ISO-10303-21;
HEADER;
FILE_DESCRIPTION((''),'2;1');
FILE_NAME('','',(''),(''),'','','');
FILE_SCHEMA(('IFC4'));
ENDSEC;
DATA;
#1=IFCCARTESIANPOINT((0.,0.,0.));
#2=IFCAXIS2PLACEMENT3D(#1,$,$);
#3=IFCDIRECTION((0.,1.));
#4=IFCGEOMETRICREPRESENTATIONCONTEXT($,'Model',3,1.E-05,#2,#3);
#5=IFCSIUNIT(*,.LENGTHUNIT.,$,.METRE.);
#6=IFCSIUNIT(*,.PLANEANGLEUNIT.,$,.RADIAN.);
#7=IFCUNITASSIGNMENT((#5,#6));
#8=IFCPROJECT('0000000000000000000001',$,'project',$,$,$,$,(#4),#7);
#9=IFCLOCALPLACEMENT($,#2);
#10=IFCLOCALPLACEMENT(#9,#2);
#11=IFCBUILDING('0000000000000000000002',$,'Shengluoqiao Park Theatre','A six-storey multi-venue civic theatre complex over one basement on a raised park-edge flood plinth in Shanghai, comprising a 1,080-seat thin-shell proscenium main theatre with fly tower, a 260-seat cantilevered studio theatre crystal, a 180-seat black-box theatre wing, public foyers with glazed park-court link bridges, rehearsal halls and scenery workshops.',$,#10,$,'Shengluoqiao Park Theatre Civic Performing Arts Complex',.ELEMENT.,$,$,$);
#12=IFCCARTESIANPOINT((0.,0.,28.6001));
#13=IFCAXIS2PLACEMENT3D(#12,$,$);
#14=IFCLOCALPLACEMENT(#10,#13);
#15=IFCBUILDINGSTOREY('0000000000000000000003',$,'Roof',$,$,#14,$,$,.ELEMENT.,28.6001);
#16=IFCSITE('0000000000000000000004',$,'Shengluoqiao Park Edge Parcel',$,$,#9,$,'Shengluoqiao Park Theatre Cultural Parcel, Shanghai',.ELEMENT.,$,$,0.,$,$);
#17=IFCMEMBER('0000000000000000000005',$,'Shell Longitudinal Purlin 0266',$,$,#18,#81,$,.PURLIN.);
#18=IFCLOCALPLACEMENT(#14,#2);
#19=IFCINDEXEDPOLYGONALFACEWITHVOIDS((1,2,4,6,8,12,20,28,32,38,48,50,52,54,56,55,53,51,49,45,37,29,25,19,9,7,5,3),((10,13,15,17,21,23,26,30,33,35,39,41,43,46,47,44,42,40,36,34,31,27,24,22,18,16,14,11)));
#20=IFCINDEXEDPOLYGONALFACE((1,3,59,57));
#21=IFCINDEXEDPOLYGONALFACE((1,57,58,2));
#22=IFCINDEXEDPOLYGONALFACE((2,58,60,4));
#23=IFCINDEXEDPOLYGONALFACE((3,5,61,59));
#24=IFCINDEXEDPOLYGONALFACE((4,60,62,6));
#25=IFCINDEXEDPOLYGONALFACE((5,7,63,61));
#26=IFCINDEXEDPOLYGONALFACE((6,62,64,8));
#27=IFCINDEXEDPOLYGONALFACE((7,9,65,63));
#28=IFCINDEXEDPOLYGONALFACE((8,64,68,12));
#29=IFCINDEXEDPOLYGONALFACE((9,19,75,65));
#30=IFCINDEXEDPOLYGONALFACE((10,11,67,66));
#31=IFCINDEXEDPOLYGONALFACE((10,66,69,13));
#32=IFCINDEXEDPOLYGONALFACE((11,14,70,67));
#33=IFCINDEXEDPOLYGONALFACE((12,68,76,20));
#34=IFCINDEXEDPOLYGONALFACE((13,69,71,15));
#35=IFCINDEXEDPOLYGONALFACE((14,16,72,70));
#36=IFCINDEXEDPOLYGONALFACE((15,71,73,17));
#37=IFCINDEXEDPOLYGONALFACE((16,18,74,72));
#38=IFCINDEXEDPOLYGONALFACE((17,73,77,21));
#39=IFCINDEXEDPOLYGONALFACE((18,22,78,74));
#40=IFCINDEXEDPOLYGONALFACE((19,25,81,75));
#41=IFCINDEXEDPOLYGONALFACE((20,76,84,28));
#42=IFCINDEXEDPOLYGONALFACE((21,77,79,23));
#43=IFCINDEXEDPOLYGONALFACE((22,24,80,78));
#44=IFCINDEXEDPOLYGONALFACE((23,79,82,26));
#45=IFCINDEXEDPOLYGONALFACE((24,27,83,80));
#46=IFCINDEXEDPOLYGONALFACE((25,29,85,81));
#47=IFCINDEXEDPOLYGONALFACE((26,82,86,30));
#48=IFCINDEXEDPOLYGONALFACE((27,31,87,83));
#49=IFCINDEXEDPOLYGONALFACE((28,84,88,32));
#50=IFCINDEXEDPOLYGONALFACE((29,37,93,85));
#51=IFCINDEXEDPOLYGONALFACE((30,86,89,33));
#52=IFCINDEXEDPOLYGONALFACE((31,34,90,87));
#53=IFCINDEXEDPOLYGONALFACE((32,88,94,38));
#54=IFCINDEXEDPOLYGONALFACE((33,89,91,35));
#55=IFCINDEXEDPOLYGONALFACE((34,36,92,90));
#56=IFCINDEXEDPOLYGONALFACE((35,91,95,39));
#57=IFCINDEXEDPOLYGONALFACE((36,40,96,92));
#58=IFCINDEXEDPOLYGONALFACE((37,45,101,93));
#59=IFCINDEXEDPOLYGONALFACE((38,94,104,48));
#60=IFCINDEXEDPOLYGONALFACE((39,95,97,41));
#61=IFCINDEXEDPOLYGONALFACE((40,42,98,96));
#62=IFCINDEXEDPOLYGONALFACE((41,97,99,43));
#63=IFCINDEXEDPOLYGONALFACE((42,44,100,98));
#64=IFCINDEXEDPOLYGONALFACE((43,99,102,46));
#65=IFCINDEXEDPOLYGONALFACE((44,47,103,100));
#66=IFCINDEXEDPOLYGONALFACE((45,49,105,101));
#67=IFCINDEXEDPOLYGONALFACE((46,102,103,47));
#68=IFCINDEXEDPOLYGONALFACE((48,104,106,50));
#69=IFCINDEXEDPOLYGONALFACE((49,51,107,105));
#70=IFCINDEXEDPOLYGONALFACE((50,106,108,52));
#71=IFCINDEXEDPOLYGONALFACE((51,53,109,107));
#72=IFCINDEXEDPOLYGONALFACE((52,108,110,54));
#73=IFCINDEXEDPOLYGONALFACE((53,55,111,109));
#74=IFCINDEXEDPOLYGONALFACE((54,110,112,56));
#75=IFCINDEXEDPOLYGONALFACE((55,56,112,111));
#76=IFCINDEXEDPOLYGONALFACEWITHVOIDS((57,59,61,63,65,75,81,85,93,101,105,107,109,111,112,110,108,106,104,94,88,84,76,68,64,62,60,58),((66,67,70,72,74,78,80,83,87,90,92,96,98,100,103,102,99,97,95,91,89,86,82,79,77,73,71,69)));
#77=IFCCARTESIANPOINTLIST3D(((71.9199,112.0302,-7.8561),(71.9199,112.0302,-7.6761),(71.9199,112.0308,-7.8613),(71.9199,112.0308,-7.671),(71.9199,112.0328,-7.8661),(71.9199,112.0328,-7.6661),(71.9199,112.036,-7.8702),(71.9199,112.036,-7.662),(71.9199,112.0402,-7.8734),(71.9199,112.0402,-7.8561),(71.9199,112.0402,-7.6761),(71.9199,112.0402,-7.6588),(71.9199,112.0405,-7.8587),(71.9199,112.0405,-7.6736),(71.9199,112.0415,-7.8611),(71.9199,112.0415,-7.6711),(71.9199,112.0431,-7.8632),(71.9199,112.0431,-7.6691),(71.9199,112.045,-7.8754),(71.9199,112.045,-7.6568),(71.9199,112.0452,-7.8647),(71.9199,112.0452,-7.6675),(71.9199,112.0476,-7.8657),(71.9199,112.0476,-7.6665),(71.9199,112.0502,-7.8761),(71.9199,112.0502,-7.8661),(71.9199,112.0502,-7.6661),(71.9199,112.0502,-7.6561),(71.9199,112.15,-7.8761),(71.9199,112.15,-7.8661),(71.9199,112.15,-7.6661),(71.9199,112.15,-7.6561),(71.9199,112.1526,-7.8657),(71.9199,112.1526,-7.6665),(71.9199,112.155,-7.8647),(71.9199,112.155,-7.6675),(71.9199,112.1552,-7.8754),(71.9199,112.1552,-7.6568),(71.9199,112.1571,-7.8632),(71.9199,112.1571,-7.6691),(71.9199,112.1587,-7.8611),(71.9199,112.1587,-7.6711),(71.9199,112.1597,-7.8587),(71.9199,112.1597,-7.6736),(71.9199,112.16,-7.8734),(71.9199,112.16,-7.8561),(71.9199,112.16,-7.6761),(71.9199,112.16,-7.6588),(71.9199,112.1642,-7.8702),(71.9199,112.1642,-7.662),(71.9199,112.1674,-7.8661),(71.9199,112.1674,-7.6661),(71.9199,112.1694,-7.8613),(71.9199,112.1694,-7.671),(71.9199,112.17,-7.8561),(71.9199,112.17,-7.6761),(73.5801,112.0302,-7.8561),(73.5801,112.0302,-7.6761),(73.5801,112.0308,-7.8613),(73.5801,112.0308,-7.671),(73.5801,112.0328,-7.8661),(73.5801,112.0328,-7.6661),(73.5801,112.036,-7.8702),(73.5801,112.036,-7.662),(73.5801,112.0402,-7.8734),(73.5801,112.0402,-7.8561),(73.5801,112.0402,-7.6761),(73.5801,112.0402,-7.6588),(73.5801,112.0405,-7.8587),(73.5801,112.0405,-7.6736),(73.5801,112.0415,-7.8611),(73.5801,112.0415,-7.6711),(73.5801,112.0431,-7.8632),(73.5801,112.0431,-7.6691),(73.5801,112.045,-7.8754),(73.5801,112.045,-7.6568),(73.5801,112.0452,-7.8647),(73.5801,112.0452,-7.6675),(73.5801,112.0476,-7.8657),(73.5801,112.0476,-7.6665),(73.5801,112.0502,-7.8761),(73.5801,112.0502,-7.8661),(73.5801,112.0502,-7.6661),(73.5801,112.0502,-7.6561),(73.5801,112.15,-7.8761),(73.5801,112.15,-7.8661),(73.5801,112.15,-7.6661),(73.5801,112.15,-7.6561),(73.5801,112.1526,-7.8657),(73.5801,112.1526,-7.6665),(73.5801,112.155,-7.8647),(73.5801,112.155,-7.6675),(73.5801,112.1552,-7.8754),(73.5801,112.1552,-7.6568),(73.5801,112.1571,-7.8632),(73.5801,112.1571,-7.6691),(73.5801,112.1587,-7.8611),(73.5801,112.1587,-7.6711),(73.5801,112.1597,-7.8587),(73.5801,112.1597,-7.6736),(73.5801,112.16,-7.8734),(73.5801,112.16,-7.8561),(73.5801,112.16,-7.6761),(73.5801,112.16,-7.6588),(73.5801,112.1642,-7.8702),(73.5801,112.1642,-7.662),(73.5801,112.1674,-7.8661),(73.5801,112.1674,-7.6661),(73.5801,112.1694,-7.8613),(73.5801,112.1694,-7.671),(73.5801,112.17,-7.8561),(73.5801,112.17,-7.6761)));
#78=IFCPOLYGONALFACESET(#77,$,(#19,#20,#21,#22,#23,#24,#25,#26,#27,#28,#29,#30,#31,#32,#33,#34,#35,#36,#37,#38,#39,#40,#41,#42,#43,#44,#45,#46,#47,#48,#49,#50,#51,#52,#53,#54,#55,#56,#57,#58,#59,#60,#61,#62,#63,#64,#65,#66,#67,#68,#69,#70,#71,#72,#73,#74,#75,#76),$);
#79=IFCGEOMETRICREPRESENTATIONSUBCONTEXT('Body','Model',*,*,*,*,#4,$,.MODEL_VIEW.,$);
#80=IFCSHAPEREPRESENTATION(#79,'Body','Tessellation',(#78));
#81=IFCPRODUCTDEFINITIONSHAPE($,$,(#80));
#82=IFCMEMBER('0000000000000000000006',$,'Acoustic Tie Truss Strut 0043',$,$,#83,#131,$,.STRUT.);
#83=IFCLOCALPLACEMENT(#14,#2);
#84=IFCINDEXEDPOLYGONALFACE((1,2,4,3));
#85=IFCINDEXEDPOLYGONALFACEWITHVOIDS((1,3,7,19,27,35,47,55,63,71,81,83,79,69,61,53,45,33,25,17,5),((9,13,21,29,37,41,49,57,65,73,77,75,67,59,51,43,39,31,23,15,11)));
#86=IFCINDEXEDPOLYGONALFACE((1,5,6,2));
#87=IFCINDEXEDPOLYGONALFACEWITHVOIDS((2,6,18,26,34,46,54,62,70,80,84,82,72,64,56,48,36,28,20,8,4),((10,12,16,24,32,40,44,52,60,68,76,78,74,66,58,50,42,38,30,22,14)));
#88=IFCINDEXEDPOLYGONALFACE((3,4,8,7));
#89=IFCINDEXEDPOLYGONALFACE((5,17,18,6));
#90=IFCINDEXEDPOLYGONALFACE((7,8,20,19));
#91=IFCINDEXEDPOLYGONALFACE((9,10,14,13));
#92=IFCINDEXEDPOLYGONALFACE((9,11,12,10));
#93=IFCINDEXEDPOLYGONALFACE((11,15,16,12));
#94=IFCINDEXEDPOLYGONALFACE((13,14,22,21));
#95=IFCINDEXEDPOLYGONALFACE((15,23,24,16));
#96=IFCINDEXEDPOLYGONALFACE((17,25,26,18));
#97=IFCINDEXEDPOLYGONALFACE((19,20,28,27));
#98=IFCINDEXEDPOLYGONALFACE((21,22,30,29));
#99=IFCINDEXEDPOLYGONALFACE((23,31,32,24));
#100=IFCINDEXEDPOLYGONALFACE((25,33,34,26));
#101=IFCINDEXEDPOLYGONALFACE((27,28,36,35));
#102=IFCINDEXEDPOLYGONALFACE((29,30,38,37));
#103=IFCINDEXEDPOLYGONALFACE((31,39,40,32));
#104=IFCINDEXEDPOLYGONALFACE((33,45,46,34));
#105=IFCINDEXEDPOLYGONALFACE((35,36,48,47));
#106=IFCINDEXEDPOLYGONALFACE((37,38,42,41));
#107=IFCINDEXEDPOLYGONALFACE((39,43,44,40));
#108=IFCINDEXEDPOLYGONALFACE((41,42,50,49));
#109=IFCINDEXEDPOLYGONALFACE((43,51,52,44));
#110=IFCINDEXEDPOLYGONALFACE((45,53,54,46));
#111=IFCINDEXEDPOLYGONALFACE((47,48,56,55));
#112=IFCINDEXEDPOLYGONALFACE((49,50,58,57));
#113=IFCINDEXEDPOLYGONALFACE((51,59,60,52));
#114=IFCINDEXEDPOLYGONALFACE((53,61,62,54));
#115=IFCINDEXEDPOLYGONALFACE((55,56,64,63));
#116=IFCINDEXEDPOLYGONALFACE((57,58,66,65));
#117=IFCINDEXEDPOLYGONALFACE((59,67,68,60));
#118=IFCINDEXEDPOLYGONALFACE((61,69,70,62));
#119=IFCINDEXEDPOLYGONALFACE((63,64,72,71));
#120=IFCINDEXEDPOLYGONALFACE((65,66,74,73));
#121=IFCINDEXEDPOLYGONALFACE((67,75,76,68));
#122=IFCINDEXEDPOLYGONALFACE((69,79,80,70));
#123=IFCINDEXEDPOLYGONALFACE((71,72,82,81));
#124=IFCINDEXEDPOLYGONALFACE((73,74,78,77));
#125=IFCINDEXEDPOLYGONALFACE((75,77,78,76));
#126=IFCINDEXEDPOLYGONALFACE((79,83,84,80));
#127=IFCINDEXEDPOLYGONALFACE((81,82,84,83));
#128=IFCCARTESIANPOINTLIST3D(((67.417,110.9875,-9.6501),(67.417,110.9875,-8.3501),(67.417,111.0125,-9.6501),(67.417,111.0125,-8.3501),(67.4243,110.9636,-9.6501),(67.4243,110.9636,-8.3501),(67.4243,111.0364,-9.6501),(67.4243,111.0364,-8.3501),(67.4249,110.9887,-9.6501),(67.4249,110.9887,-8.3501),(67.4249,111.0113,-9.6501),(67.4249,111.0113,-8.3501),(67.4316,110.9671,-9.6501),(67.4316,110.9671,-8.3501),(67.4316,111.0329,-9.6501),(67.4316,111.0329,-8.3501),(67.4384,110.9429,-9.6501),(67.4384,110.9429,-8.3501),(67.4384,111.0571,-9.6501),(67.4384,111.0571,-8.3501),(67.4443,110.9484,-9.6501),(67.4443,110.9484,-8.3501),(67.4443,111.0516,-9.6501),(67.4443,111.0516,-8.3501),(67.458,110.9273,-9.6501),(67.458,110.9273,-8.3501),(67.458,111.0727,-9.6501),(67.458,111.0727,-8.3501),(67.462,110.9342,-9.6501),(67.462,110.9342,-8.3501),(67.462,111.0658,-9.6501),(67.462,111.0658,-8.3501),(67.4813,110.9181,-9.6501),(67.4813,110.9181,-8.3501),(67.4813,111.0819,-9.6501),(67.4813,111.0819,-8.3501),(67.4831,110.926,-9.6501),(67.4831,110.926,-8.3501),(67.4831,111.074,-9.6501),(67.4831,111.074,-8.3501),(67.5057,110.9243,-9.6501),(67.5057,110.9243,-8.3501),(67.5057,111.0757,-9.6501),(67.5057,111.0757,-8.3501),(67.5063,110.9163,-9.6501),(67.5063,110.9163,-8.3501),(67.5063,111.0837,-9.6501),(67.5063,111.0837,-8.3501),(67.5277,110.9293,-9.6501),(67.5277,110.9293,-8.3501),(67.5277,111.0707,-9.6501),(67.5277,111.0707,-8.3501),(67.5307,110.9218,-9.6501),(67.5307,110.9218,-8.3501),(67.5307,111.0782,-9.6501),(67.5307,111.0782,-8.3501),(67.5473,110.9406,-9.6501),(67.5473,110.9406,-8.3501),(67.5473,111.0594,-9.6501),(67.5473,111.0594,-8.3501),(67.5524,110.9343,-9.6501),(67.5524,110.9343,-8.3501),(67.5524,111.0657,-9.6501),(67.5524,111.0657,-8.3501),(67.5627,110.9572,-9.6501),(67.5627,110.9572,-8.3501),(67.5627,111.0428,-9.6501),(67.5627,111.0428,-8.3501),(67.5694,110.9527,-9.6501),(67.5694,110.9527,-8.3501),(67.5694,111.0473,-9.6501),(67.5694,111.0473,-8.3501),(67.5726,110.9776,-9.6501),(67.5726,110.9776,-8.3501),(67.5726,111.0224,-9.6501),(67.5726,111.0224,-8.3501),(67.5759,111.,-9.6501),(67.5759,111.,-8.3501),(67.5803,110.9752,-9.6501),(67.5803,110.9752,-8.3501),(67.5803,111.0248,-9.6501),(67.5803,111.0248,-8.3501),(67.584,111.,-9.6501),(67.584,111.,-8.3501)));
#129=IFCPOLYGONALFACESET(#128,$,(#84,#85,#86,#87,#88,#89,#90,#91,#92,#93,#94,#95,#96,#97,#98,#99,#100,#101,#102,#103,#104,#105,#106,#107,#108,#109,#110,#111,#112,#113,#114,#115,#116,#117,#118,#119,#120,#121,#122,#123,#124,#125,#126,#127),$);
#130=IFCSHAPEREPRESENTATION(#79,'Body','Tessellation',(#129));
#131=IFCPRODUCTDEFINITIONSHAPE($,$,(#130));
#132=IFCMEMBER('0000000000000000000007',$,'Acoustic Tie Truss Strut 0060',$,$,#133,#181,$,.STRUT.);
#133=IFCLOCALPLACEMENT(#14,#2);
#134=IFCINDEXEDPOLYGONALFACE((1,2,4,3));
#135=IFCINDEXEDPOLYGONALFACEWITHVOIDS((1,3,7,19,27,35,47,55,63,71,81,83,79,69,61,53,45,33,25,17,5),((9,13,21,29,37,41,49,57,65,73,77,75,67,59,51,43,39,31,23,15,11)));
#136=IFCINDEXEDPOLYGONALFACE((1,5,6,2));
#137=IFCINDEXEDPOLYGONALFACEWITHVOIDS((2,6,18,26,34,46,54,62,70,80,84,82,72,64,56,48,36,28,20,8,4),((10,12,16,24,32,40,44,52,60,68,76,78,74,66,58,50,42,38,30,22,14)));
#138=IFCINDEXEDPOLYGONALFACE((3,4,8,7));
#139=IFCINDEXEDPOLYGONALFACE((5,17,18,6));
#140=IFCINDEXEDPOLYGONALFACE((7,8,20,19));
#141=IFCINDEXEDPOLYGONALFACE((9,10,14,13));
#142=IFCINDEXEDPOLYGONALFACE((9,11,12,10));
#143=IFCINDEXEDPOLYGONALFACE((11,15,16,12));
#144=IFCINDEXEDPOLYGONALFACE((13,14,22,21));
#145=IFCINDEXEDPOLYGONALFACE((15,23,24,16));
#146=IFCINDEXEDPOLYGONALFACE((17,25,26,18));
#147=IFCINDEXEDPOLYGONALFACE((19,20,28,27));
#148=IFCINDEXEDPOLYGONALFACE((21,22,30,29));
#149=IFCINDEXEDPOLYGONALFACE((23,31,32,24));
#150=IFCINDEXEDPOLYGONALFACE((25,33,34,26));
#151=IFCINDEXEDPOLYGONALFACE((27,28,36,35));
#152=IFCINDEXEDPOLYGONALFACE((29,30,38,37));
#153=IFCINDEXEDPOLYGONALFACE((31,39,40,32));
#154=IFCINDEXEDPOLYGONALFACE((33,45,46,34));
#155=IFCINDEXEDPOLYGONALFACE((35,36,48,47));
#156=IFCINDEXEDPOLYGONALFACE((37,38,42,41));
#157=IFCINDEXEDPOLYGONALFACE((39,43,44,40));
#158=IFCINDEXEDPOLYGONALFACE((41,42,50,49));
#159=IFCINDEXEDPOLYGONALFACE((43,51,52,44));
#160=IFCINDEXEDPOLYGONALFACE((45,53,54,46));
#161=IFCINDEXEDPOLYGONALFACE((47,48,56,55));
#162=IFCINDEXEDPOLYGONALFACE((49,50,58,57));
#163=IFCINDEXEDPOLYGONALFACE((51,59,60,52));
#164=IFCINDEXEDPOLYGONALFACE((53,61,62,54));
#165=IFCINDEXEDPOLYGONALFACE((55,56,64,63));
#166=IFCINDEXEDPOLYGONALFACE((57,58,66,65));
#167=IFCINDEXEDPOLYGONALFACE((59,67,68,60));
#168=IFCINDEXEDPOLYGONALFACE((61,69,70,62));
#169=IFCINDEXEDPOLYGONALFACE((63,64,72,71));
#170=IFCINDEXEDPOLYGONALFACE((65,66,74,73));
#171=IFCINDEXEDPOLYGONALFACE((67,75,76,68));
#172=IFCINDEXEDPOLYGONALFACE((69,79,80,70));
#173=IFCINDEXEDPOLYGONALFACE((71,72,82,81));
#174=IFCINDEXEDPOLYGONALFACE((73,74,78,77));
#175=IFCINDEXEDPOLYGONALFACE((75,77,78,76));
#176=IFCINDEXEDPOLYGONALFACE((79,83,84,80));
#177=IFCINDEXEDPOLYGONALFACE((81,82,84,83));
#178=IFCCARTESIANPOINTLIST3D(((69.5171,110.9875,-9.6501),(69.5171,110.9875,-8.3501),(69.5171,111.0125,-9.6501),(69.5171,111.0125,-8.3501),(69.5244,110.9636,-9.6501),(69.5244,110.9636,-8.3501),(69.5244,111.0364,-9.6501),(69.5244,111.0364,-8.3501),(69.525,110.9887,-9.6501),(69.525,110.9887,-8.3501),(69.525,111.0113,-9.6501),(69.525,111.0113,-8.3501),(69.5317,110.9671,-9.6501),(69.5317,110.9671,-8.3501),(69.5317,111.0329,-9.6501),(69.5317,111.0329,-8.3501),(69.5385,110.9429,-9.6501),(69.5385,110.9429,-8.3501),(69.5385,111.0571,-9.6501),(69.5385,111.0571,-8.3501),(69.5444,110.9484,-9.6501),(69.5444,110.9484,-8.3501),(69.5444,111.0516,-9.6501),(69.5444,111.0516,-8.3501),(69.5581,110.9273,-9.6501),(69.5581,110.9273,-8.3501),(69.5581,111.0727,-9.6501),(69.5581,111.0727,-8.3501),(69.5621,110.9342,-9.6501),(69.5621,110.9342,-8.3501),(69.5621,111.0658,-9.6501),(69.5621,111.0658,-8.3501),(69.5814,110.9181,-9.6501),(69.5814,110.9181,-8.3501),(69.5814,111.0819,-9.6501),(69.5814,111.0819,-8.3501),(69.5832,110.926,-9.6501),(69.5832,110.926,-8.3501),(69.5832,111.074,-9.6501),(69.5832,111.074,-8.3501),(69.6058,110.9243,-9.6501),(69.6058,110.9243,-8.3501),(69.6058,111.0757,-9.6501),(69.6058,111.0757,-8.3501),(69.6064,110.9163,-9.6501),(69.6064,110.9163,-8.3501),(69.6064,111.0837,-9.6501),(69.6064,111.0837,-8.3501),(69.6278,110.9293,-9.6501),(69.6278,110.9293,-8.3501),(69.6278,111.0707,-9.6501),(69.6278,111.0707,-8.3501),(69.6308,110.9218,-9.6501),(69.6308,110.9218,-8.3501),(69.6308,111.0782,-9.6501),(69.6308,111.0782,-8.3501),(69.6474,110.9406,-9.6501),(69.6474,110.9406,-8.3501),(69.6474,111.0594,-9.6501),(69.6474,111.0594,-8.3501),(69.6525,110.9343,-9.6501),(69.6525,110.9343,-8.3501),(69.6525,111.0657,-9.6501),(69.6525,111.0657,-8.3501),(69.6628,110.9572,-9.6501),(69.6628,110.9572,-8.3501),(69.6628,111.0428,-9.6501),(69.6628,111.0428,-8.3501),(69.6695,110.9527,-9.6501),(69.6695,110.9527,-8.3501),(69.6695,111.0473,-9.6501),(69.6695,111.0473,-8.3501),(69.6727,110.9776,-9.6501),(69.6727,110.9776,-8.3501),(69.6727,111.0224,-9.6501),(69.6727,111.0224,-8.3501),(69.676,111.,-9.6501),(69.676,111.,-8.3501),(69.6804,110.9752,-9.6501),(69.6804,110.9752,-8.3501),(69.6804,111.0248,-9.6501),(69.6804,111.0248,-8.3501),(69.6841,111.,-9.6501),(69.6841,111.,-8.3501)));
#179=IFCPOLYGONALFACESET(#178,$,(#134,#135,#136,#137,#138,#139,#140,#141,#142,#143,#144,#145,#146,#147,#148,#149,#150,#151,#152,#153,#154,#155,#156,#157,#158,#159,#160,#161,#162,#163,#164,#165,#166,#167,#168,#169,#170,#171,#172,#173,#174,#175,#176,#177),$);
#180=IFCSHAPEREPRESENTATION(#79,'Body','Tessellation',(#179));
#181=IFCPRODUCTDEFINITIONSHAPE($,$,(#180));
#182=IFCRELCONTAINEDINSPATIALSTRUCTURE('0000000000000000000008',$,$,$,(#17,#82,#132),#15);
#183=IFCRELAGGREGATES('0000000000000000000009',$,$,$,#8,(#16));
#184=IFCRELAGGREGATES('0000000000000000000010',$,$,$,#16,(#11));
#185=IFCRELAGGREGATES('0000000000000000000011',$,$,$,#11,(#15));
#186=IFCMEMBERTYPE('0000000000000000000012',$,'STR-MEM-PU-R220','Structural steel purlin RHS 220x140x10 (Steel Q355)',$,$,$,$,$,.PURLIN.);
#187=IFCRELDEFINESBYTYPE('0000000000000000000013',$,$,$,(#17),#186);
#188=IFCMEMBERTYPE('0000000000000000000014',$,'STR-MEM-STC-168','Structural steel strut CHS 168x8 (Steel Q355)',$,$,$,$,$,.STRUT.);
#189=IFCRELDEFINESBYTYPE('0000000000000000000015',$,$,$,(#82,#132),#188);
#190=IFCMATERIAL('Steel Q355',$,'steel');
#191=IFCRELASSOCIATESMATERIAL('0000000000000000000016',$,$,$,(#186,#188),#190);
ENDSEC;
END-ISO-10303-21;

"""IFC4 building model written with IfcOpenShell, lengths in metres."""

from ifc_helpers import new_model, si_unit, direction, frame, origin, origin_2d, place, context, subcontext, project, spatial, hollow_rectangle, hollow_circle, extrude, material, material_profile, profile_set, type_object, element, save


model = new_model("IFC4")

# Units and contexts
model_context = context("Model", 3, precision=1e-05, world=origin(), true_north=direction((0.0, 1.0)))
body_context = subcontext(model_context, "Body", "Model", "MODEL_VIEW")
ifc_project = project(units=[si_unit("LENGTHUNIT", "METRE"), si_unit("PLANEANGLEUNIT", "RADIAN")], contexts=[model_context])

# Site, building, storey
site_placement = place(None, origin())
site = spatial("IfcSite", under=ifc_project, at=site_placement, Name="Shengluoqiao Park Edge Parcel", LongName="Shengluoqiao Park Theatre Cultural Parcel, Shanghai", CompositionType="ELEMENT", RefElevation=0.0)
building_placement = place(site_placement, origin())
building = spatial("IfcBuilding", under=site, at=building_placement, Name="Shengluoqiao Park Theatre", Description="A six-storey multi-venue civic theatre complex over one basement on a raised park-edge flood plinth in Shanghai, comprising a 1,080-seat thin-shell proscenium main theatre with fly tower, a 260-seat cantilevered studio theatre crystal, a 180-seat black-box theatre wing, public foyers with glazed park-court link bridges, rehearsal halls and scenery workshops.", LongName="Shengluoqiao Park Theatre Civic Performing Arts Complex", CompositionType="ELEMENT")
storey_placement = place(building_placement, frame((0.0, 0.0, 28.6001)))
storey = spatial("IfcBuildingStorey", under=building, at=storey_placement, Name="Roof", CompositionType="ELEMENT", Elevation=28.6001)

# Shared definitions
ifc_material_1 = material(Name="Steel Q355", Category="steel")

# Members
ifc_material_profile_1 = material_profile(ifc_material_1, hollow_rectangle(XDim=0.1399, YDim=0.22, WallThickness=0.01, InnerFilletRadius=0.01, OuterFilletRadius=0.02, at=origin_2d()), Name="RHS 220x140x10")
ifc_profile_set_1 = profile_set([ifc_material_profile_1], Name="Steel Q355")
member_type_1 = type_object("IfcMemberType", Name="STR-MEM-PU-R220", Description="Structural steel purlin RHS 220x140x10 (Steel Q355)", PredefinedType="PURLIN", material=ifc_profile_set_1)
member_placement = place(storey_placement, frame((71.9199, 112.1001, -7.7661), z_axis=(1.0, 0.0, 0.0), x_axis=(0.0, 1.0, 0.0)))
element("IfcMember", 1, at=member_placement, inside=storey, type_object=member_type_1, Name="Shell Longitudinal Purlin 0266", PredefinedType="PURLIN", context=body_context, shape_type="SweptSolid", body=[
    extrude(hollow_rectangle(XDim=0.1399, YDim=0.22, WallThickness=0.01, InnerFilletRadius=0.01, OuterFilletRadius=0.02, at=origin_2d()), origin(), (0.0, 0.0, 1.0), 1.6602),
])
ifc_material_profile_2 = material_profile(ifc_material_1, hollow_circle(Radius=0.084, WallThickness=0.0081, at=origin_2d()), Name="CHS 168x8")
ifc_profile_set_2 = profile_set([ifc_material_profile_2], Name="Steel Q355")
member_type_2 = type_object("IfcMemberType", Name="STR-MEM-STC-168", Description="Structural steel strut CHS 168x8 (Steel Q355)", PredefinedType="STRUT", material=ifc_profile_set_2)
for number, where, z_axis, x_axis, name in (
    (2, (67.5, 111.0, -9.6501), (0.0, 0.0, 1.0), (1.0, 0.0, 0.0), "Acoustic Tie Truss Strut 0043"),
    (3, (69.6001, 111.0, -9.6501), (0.0, 0.0, 1.0), (1.0, 0.0, 0.0), "Acoustic Tie Truss Strut 0060"),
):
    element("IfcMember", number, at=place(storey_placement, frame(where, z_axis=z_axis, x_axis=x_axis)), inside=storey, type_object=member_type_2, Name=name, PredefinedType="STRUT", context=body_context, shape_type="SweptSolid", body=[
        extrude(hollow_circle(Radius=0.084, WallThickness=0.0081, at=origin_2d()), origin(), (0.0, 0.0, 1.0), 1.3),
    ])

save(model, "model.ifc")
